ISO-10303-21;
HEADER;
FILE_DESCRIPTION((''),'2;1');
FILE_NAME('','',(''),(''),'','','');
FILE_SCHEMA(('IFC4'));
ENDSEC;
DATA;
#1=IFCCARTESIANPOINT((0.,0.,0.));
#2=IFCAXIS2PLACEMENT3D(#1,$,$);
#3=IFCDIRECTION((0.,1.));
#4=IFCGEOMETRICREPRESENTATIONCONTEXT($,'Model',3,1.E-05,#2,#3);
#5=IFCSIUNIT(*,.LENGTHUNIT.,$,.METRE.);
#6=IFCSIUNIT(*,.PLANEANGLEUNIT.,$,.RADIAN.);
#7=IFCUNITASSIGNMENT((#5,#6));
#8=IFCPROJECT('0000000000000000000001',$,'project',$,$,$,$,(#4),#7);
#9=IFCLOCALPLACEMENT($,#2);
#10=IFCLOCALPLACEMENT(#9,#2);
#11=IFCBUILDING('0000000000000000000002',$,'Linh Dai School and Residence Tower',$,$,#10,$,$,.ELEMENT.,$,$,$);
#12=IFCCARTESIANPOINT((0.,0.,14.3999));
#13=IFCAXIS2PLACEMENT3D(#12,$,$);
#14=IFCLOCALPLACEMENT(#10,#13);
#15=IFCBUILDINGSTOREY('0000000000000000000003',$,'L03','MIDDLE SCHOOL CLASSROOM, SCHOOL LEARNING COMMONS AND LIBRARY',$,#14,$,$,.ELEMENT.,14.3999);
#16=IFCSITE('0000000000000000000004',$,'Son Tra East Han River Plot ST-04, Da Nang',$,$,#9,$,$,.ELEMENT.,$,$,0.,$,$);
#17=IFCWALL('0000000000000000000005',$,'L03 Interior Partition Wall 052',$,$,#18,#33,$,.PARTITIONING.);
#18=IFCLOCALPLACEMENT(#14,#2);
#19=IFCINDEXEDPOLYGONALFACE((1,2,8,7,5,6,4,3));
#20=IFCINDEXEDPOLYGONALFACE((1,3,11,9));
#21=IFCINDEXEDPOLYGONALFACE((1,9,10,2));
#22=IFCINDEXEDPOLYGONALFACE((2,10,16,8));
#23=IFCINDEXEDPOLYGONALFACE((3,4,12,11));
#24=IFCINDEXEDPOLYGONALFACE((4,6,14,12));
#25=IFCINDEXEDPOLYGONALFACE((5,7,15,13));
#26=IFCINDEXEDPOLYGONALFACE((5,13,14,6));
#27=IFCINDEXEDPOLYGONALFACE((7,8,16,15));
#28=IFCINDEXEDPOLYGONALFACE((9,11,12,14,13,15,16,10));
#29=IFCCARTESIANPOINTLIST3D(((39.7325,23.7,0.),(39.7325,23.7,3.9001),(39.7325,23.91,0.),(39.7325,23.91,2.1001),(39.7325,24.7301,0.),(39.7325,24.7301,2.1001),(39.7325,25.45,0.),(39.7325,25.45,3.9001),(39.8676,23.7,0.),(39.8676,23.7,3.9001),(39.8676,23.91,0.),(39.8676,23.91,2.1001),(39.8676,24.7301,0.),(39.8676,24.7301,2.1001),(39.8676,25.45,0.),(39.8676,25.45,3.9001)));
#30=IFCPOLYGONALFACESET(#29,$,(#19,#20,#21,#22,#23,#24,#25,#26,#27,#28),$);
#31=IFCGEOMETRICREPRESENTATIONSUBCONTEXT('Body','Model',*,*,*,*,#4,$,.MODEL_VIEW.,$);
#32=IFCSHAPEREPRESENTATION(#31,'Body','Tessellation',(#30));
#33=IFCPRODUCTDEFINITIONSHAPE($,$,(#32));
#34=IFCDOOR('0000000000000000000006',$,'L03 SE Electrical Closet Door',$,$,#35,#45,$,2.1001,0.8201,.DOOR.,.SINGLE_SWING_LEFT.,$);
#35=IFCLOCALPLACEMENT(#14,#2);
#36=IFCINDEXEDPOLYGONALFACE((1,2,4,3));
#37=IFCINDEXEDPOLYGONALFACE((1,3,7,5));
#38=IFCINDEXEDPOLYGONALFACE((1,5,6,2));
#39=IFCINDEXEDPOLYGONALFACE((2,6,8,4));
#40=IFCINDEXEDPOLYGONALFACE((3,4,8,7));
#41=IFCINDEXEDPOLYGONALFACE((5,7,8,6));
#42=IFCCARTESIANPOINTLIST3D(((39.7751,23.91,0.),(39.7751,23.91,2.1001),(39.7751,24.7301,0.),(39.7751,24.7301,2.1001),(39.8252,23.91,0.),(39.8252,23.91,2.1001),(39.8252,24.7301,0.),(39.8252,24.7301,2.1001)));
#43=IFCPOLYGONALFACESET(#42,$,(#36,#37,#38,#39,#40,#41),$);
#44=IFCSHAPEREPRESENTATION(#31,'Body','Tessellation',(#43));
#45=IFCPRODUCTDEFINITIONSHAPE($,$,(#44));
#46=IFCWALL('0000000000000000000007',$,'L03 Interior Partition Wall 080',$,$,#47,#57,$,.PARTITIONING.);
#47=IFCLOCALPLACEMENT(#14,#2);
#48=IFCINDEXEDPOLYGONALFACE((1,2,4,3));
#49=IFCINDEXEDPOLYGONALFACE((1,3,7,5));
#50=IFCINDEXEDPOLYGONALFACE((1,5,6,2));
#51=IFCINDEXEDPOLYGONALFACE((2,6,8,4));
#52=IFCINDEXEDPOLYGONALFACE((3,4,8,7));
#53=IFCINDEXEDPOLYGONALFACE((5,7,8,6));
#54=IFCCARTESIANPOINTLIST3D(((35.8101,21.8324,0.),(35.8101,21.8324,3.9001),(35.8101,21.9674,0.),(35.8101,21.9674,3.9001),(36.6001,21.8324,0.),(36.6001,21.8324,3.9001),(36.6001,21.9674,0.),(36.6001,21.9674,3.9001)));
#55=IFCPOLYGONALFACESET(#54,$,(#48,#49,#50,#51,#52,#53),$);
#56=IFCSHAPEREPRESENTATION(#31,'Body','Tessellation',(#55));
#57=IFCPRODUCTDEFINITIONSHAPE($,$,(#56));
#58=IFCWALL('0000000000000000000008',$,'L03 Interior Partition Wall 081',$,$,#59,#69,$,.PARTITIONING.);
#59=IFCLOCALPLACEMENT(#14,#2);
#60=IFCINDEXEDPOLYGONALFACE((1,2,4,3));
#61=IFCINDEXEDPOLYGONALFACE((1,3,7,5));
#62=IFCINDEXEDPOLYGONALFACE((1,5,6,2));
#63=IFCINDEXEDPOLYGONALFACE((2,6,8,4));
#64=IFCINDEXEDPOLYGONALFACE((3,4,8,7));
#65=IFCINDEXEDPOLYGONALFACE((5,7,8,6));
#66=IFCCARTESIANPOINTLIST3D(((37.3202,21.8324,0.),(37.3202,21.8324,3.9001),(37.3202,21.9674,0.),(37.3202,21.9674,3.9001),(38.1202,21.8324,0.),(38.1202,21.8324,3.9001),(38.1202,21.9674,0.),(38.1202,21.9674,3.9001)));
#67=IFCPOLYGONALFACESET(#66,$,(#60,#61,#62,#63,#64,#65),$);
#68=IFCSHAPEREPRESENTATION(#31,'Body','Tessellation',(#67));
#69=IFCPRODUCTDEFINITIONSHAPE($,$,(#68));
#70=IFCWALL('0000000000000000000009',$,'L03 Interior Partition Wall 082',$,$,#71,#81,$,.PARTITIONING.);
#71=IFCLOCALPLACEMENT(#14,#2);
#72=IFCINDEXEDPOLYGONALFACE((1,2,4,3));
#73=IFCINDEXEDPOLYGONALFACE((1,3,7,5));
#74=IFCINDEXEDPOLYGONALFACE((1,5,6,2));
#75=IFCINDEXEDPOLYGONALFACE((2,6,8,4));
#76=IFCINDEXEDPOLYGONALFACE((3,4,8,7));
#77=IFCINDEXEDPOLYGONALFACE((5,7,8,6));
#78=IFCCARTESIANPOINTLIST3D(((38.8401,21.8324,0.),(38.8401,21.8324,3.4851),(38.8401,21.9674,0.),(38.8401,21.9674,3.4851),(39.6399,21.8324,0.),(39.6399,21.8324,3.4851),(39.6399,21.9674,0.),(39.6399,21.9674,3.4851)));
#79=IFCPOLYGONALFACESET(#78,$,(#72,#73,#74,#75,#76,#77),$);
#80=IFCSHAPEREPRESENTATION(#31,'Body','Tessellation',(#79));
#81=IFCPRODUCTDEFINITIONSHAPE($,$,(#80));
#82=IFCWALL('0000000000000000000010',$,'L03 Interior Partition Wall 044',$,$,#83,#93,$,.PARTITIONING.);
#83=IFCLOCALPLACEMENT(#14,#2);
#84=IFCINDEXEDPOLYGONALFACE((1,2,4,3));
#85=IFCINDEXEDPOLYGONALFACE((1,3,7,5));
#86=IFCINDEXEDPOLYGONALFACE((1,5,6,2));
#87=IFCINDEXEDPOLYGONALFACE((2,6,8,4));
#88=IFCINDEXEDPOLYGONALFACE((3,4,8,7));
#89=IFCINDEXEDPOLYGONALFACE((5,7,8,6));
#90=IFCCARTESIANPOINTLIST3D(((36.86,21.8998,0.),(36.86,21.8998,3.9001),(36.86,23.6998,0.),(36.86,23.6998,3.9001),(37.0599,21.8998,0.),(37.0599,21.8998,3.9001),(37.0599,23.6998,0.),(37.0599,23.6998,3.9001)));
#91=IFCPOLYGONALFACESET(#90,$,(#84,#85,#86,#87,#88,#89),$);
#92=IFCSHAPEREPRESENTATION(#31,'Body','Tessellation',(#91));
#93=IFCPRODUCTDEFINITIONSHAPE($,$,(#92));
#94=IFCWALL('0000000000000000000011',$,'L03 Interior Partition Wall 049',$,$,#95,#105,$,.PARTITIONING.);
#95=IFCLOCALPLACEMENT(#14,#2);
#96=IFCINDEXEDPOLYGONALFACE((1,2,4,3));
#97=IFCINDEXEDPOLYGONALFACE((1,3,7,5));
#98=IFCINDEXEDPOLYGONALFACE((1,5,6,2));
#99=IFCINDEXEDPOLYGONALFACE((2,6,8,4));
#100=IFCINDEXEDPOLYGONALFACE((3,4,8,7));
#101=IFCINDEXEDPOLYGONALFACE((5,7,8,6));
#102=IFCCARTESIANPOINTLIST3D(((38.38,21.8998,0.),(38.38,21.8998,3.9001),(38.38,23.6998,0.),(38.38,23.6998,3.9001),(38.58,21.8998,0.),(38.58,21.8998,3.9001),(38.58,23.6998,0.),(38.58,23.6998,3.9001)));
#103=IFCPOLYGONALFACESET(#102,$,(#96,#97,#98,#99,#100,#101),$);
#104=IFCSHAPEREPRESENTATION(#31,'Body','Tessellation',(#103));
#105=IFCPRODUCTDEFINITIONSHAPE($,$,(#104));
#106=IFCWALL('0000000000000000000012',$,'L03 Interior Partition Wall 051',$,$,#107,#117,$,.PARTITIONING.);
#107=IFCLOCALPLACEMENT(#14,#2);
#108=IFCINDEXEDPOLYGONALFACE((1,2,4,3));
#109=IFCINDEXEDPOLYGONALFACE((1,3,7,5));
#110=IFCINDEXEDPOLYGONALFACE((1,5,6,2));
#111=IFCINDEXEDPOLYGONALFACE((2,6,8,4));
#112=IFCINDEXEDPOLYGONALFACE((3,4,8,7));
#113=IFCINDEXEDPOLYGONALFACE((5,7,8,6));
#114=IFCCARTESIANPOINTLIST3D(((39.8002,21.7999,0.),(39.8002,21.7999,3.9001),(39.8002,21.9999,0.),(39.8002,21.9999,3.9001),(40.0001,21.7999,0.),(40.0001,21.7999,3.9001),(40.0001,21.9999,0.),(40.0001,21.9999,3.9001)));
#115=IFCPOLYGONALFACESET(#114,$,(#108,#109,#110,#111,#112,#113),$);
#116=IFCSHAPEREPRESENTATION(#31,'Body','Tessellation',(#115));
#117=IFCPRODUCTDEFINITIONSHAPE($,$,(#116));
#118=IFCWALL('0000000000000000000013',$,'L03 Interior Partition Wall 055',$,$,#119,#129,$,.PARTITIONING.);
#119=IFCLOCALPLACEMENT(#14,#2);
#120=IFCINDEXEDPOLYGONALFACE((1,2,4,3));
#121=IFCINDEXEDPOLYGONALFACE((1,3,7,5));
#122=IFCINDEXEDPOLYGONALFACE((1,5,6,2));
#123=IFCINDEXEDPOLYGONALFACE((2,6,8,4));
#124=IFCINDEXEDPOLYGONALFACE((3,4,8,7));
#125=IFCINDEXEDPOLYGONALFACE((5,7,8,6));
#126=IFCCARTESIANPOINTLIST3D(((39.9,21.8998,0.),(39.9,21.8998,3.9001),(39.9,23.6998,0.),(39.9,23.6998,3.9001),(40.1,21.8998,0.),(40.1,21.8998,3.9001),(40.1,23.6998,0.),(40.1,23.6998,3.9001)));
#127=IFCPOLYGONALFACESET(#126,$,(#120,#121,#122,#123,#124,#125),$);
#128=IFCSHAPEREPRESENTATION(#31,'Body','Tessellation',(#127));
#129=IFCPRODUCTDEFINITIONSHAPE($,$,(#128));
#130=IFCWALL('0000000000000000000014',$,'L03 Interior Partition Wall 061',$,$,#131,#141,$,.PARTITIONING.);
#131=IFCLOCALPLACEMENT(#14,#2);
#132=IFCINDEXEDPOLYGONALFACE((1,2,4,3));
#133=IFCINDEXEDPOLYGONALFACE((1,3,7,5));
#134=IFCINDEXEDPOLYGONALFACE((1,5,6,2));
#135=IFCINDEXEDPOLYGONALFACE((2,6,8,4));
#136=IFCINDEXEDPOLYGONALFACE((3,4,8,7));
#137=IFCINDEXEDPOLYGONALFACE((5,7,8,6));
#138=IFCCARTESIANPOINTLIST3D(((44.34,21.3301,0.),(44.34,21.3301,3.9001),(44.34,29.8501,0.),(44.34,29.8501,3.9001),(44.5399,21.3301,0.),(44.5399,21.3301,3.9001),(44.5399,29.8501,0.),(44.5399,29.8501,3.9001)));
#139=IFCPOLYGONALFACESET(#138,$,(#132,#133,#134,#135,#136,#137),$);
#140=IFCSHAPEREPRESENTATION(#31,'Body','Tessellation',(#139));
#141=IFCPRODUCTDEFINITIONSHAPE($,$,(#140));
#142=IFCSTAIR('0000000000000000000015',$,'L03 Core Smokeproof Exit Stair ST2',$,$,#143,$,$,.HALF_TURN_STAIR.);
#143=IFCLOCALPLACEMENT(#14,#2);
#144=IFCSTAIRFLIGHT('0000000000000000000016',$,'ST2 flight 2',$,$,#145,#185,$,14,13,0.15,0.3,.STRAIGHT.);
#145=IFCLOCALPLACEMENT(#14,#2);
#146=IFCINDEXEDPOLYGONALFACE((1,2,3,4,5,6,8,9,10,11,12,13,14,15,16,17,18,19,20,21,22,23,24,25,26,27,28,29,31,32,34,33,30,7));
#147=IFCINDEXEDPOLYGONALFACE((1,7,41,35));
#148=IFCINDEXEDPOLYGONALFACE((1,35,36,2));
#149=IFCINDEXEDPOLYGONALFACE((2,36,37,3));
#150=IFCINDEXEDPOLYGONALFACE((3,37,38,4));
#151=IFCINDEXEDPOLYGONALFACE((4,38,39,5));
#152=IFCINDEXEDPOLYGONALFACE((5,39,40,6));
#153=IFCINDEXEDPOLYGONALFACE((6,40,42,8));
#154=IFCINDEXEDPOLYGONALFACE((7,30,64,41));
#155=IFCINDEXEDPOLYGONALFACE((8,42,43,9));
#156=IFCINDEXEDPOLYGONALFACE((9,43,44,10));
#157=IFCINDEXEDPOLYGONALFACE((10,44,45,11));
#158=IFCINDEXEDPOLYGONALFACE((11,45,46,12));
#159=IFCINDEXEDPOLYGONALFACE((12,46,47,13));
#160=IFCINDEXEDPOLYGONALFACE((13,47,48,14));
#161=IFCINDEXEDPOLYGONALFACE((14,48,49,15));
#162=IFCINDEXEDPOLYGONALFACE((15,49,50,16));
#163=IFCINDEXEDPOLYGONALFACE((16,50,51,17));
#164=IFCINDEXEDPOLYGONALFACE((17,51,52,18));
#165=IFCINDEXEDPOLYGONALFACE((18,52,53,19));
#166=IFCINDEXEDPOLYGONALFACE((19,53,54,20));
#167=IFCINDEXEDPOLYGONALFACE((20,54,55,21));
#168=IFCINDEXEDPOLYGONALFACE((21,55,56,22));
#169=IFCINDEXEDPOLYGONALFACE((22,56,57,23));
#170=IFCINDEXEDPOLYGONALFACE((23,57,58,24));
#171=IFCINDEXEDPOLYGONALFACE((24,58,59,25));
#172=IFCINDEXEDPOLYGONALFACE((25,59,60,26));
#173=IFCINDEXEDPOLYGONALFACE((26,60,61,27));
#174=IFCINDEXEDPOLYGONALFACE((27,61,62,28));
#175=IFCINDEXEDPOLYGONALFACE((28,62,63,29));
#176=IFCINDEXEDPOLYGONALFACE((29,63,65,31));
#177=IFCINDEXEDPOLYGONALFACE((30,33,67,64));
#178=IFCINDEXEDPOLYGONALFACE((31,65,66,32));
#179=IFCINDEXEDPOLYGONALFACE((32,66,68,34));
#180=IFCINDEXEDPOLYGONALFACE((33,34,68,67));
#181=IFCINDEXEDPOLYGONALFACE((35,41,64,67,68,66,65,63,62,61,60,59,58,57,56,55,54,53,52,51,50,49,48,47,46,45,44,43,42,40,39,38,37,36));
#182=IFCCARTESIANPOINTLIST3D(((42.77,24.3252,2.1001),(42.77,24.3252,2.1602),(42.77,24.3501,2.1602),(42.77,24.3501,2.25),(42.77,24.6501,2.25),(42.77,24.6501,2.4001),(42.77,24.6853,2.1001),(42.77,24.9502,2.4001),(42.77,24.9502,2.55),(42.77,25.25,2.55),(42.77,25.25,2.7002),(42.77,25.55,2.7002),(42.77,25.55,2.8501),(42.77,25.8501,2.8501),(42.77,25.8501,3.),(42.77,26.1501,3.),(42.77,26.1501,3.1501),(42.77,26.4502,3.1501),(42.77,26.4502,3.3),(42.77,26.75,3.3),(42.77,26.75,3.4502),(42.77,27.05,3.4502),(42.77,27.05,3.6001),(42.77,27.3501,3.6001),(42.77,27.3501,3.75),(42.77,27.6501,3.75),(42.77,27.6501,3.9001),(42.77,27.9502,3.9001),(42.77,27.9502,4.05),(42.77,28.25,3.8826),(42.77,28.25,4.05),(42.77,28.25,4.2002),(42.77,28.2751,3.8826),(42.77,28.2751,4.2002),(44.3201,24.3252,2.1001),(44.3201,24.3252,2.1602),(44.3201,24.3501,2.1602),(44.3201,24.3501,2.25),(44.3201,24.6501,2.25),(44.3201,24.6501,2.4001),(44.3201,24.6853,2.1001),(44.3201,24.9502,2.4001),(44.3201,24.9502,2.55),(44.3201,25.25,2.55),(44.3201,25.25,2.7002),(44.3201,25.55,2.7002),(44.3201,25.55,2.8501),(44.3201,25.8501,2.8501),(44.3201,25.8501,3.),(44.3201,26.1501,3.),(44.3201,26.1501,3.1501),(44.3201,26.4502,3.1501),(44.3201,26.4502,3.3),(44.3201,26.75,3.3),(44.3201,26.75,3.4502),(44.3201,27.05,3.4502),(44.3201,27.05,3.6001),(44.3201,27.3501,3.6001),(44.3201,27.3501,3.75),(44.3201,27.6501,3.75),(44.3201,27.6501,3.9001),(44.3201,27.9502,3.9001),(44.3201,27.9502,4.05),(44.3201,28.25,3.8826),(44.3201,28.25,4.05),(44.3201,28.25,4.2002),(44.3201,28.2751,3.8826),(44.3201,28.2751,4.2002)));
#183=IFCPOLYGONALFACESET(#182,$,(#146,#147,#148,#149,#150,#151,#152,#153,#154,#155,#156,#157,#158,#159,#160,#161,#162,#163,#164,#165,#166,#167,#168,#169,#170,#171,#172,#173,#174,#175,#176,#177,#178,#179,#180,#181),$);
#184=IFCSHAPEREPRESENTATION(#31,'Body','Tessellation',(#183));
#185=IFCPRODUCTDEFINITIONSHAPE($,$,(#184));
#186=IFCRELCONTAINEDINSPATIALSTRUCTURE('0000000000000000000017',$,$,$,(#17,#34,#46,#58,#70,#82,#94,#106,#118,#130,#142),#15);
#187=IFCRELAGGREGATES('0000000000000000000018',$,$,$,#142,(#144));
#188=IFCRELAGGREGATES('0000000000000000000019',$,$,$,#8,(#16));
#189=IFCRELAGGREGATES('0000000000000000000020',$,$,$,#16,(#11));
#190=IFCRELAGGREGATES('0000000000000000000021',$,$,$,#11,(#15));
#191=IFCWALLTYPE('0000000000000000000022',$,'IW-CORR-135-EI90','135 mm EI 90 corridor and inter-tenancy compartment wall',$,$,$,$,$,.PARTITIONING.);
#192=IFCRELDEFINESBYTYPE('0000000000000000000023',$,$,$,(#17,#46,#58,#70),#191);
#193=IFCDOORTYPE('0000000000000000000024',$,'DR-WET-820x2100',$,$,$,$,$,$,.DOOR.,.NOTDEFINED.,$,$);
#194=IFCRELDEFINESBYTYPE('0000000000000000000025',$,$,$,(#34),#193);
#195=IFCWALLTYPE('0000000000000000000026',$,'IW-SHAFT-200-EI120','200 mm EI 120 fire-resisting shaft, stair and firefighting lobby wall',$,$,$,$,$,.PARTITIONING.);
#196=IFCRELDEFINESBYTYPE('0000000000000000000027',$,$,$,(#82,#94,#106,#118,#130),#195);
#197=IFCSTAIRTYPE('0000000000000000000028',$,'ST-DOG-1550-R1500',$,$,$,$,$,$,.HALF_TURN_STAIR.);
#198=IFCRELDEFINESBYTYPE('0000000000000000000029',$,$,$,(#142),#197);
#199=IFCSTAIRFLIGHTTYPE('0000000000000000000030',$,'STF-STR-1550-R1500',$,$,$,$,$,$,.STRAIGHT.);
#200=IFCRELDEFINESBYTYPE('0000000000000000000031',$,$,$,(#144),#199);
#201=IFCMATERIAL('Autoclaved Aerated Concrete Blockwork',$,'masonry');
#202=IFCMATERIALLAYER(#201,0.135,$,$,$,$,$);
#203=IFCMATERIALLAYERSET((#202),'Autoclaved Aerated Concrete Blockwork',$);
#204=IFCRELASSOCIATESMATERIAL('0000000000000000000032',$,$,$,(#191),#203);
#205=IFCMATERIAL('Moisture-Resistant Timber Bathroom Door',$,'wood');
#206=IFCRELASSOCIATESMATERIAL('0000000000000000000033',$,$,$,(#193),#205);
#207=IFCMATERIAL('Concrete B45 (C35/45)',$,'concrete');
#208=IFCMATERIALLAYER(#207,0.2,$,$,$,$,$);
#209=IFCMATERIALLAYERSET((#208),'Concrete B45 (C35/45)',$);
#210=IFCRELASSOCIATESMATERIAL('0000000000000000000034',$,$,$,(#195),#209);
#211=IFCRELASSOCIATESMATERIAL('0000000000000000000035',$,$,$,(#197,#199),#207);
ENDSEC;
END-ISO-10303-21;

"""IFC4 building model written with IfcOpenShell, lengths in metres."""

from ifc_helpers import new_model, si_unit, direction, frame, frame_2d, origin, origin_2d, place, context, subcontext, project, spatial, polyline, rectangle, outline, extrude, source, transform, mapped, material, layer, layer_set, type_object, element, fill, aggregate, save


model = new_model("IFC4")

# Units and contexts
model_context = context("Model", 3, precision=1e-05, world=origin(), true_north=direction((0.0, 1.0)))
body_context = subcontext(model_context, "Body", "Model", "MODEL_VIEW")
ifc_project = project(units=[si_unit("LENGTHUNIT", "METRE"), si_unit("PLANEANGLEUNIT", "RADIAN")], contexts=[model_context])

# Site, building, storey
site_placement = place(None, origin())
site = spatial("IfcSite", under=ifc_project, at=site_placement, Name="Son Tra East Han River Plot ST-04, Da Nang", CompositionType="ELEMENT", RefElevation=0.0)
building_placement = place(site_placement, origin())
building = spatial("IfcBuilding", under=site, at=building_placement, Name="Linh Dai School and Residence Tower", CompositionType="ELEMENT")
storey_placement = place(building_placement, frame((0.0, 0.0, 14.3999)))
storey = spatial("IfcBuildingStorey", under=building, at=storey_placement, Name="L03", Description="MIDDLE SCHOOL CLASSROOM, SCHOOL LEARNING COMMONS AND LIBRARY", CompositionType="ELEMENT", Elevation=14.3999)

# Wall, opening, door
ifc_material_1 = material(Name="Autoclaved Aerated Concrete Blockwork", Category="masonry")
ifc_layer_1 = layer(ifc_material_1, 0.135)
ifc_layer_set_1 = layer_set([ifc_layer_1], Name="Autoclaved Aerated Concrete Blockwork")
wall_type_1 = type_object("IfcWallType", Name="IW-CORR-135-EI90", Description="135 mm EI 90 corridor and inter-tenancy compartment wall", PredefinedType="PARTITIONING", material=ifc_layer_set_1)
wall_1_placement = place(storey_placement, frame((39.8, 23.7, 0.0), z_axis=(0.0, 0.0, 1.0), x_axis=(0.0, 1.0, 0.0)))
wall_1 = element("IfcWall", 1, at=wall_1_placement, inside=storey, type_object=wall_type_1, Name="L03 Interior Partition Wall 052", PredefinedType="PARTITIONING", context=body_context, shape_type="SweptSolid", body=[
    extrude(rectangle(XDim=1.75, YDim=0.135, at=frame_2d((0.875, 0.0))), origin(), (0.0, 0.0, 1.0), 3.9001),
])
opening_placement = place(wall_1_placement, frame((0.21, 0.0, 0.0)))
opening = element("IfcOpeningElement", 2, at=opening_placement, cuts=wall_1, PredefinedType="OPENING", context=body_context, shape_type="SweptSolid", body=[
    extrude(rectangle(XDim=0.8201, YDim=2.1001, at=origin_2d()), frame((0.4102, 0.0776, 1.05), z_axis=(0.0, -1.0, 0.0), x_axis=(1.0, 0.0, 0.0)), (0.0, 0.0, 1.0), 0.155),
])
ifc_material_2 = material(Name="Moisture-Resistant Timber Bathroom Door", Category="wood")
door_type = type_object("IfcDoorType", Name="DR-WET-820x2100", OperationType="NOTDEFINED", PredefinedType="DOOR", material=ifc_material_2)
shared_shape_1 = source(origin(), body_context, "Body", "SweptSolid", [
    extrude(rectangle(XDim=0.8201, YDim=2.1001, at=origin_2d()), frame((0.4102, 0.0249, 1.05), z_axis=(0.0, -1.0, 0.0), x_axis=(1.0, 0.0, 0.0)), (0.0, 0.0, 1.0), 0.05),
])
door_placement = place(opening_placement, origin())
door = element("IfcDoor", 3, at=door_placement, inside=storey, type_object=door_type, Name="L03 SE Electrical Closet Door", OperationType="SINGLE_SWING_LEFT", OverallHeight=2.1001, OverallWidth=0.8201, PredefinedType="DOOR", context=body_context, shape_type="MappedRepresentation", body=[
    mapped(shared_shape_1, transform((0.0, 0.0, 0.0), x_axis=(1.0, 0.0, 0.0), y_axis=(0.0, 1.0, 0.0), z_axis=(0.0, 0.0, 1.0), scale=1.0)),
])
fill(opening, door)

# Walls
wall_2_placement = place(storey_placement, frame((36.6001, 21.8999, 0.0), z_axis=(0.0, 0.0, 1.0), x_axis=(-1.0, 0.0, 0.0)))
element("IfcWall", 4, at=wall_2_placement, inside=storey, type_object=wall_type_1, Name="L03 Interior Partition Wall 080", PredefinedType="PARTITIONING", context=body_context, shape_type="SweptSolid", body=[
    extrude(rectangle(XDim=0.79, YDim=0.135, at=frame_2d((0.395, 0.0))), origin(), (0.0, 0.0, 1.0), 3.9001),
])
wall_3_placement = place(storey_placement, frame((38.1201, 21.8999, 0.0), z_axis=(0.0, 0.0, 1.0), x_axis=(-1.0, 0.0, 0.0)))
element("IfcWall", 5, at=wall_3_placement, inside=storey, type_object=wall_type_1, Name="L03 Interior Partition Wall 081", PredefinedType="PARTITIONING", context=body_context, shape_type="SweptSolid", body=[
    extrude(rectangle(XDim=0.8, YDim=0.135, at=frame_2d((0.3999, 0.0))), origin(), (0.0, 0.0, 1.0), 3.9001),
])
wall_4_placement = place(storey_placement, frame((39.6399, 21.8999, 0.0), z_axis=(0.0, 0.0, 1.0), x_axis=(-1.0, 0.0, 0.0)))
element("IfcWall", 6, at=wall_4_placement, inside=storey, type_object=wall_type_1, Name="L03 Interior Partition Wall 082", PredefinedType="PARTITIONING", context=body_context, shape_type="SweptSolid", body=[
    extrude(rectangle(XDim=0.7998, YDim=0.135, at=frame_2d((0.3999, 0.0))), origin(), (0.0, 0.0, 1.0), 3.4851),
])
ifc_material_3 = material(Name="Concrete B45 (C35/45)", Category="concrete")
ifc_layer_2 = layer(ifc_material_3, 0.2)
ifc_layer_set_2 = layer_set([ifc_layer_2], Name="Concrete B45 (C35/45)")
wall_type_2 = type_object("IfcWallType", Name="IW-SHAFT-200-EI120", Description="200 mm EI 120 fire-resisting shaft, stair and firefighting lobby wall", PredefinedType="PARTITIONING", material=ifc_layer_set_2)
for number, where, z_axis, x_axis, name in (
    (7, (36.96, 21.8999, 0.0), (0.0, 0.0, 1.0), (0.0, 1.0, 0.0), "L03 Interior Partition Wall 044"),
    (8, (38.48, 21.8999, 0.0), (0.0, 0.0, 1.0), (0.0, 1.0, 0.0), "L03 Interior Partition Wall 049"),
):
    element("IfcWall", number, at=place(storey_placement, frame(where, z_axis=z_axis, x_axis=x_axis)), inside=storey, type_object=wall_type_2, Name=name, PredefinedType="PARTITIONING", context=body_context, shape_type="SweptSolid", body=[
        extrude(rectangle(XDim=1.8, YDim=0.2, at=frame_2d((0.8999, 0.0))), origin(), (0.0, 0.0, 1.0), 3.9001),
    ])
wall_5_placement = place(storey_placement, frame((39.8, 21.8999, 0.0), z_axis=(0.0, 0.0, 1.0), x_axis=(1.0, 0.0, 0.0)))
element("IfcWall", 9, at=wall_5_placement, inside=storey, type_object=wall_type_2, Name="L03 Interior Partition Wall 051", PredefinedType="PARTITIONING", context=body_context, shape_type="SweptSolid", body=[
    extrude(rectangle(XDim=0.2, YDim=0.2, at=frame_2d((0.1001, 0.0))), origin(), (0.0, 0.0, 1.0), 3.9001),
])
wall_6_placement = place(storey_placement, frame((40.0, 21.8999, 0.0), z_axis=(0.0, 0.0, 1.0), x_axis=(0.0, 1.0, 0.0)))
element("IfcWall", 10, at=wall_6_placement, inside=storey, type_object=wall_type_2, Name="L03 Interior Partition Wall 055", PredefinedType="PARTITIONING", context=body_context, shape_type="SweptSolid", body=[
    extrude(rectangle(XDim=1.8, YDim=0.2, at=frame_2d((0.8999, 0.0))), origin(), (0.0, 0.0, 1.0), 3.9001),
])
wall_7_placement = place(storey_placement, frame((44.4399, 21.3301, 0.0), z_axis=(0.0, 0.0, 1.0), x_axis=(0.0, 1.0, 0.0)))
element("IfcWall", 11, at=wall_7_placement, inside=storey, type_object=wall_type_2, Name="L03 Interior Partition Wall 061", PredefinedType="PARTITIONING", context=body_context, shape_type="SweptSolid", body=[
    extrude(rectangle(XDim=8.52, YDim=0.2, at=frame_2d((4.26, 0.0))), origin(), (0.0, 0.0, 1.0), 3.9001),
])

# Stair, stair flight
stair_type = type_object("IfcStairType", Name="ST-DOG-1550-R1500", PredefinedType="HALF_TURN_STAIR", material=ifc_material_3)
stair_placement = place(storey_placement, origin())
stair = element("IfcStair", 12, at=stair_placement, inside=storey, type_object=stair_type, Name="L03 Core Smokeproof Exit Stair ST2", PredefinedType="HALF_TURN_STAIR")
stair_flight_type = type_object("IfcStairFlightType", Name="STF-STR-1550-R1500", PredefinedType="STRAIGHT", material=ifc_material_3)
shared_shape_2 = source(origin(), body_context, "Body", "SweptSolid", [
    extrude(outline(polyline([(-0.0249, 0.0), (-0.0249, 0.0601), (0.0, 0.0601), (0.0, 0.1499), (0.3, 0.1499), (0.3, 0.3), (0.6001, 0.3), (0.6001, 0.45), (0.8999, 0.45), (0.8999, 0.6001), (1.2, 0.6001), (1.2, 0.75), (1.5, 0.75), (1.5, 0.8999), (1.8, 0.8999), (1.8, 1.05), (2.1001, 1.05), (2.1001, 1.2), (2.3999, 1.2), (2.3999, 1.3501), (2.7, 1.3501), (2.7, 1.5), (3.0, 1.5), (3.0, 1.6499), (3.3, 1.6499), (3.3, 1.8), (3.6001, 1.8), (3.6001, 1.95), (3.8999, 1.95), (3.8999, 2.1001), (3.925, 2.1001), (3.925, 1.7825), (3.8999, 1.7825), (0.3352, 0.0), (-0.0249, 0.0)])), frame((0.0, 0.7749, 0.0), z_axis=(0.0, -1.0, 0.0), x_axis=(1.0, 0.0, 0.0)), (0.0, 0.0, 1.0), 1.55),
])
stair_flight_placement = place(storey_placement, frame((43.5449, 24.3501, 2.1001), z_axis=(0.0, 0.0, 1.0), x_axis=(0.0, 1.0, 0.0)))
stair_flight = element("IfcStairFlight", 13, at=stair_flight_placement, type_object=stair_flight_type, Name="ST2 flight 2", NumberOfRisers=14, NumberOfTreads=13, PredefinedType="STRAIGHT", RiserHeight=0.15, TreadLength=0.3, context=body_context, shape_type="MappedRepresentation", body=[
    mapped(shared_shape_2, transform((0.0, 0.0, 0.0), x_axis=(1.0, 0.0, 0.0), y_axis=(0.0, 1.0, 0.0), z_axis=(0.0, 0.0, 1.0), scale=1.0)),
])
aggregate(stair, [stair_flight])

save(model, "model.ifc")
